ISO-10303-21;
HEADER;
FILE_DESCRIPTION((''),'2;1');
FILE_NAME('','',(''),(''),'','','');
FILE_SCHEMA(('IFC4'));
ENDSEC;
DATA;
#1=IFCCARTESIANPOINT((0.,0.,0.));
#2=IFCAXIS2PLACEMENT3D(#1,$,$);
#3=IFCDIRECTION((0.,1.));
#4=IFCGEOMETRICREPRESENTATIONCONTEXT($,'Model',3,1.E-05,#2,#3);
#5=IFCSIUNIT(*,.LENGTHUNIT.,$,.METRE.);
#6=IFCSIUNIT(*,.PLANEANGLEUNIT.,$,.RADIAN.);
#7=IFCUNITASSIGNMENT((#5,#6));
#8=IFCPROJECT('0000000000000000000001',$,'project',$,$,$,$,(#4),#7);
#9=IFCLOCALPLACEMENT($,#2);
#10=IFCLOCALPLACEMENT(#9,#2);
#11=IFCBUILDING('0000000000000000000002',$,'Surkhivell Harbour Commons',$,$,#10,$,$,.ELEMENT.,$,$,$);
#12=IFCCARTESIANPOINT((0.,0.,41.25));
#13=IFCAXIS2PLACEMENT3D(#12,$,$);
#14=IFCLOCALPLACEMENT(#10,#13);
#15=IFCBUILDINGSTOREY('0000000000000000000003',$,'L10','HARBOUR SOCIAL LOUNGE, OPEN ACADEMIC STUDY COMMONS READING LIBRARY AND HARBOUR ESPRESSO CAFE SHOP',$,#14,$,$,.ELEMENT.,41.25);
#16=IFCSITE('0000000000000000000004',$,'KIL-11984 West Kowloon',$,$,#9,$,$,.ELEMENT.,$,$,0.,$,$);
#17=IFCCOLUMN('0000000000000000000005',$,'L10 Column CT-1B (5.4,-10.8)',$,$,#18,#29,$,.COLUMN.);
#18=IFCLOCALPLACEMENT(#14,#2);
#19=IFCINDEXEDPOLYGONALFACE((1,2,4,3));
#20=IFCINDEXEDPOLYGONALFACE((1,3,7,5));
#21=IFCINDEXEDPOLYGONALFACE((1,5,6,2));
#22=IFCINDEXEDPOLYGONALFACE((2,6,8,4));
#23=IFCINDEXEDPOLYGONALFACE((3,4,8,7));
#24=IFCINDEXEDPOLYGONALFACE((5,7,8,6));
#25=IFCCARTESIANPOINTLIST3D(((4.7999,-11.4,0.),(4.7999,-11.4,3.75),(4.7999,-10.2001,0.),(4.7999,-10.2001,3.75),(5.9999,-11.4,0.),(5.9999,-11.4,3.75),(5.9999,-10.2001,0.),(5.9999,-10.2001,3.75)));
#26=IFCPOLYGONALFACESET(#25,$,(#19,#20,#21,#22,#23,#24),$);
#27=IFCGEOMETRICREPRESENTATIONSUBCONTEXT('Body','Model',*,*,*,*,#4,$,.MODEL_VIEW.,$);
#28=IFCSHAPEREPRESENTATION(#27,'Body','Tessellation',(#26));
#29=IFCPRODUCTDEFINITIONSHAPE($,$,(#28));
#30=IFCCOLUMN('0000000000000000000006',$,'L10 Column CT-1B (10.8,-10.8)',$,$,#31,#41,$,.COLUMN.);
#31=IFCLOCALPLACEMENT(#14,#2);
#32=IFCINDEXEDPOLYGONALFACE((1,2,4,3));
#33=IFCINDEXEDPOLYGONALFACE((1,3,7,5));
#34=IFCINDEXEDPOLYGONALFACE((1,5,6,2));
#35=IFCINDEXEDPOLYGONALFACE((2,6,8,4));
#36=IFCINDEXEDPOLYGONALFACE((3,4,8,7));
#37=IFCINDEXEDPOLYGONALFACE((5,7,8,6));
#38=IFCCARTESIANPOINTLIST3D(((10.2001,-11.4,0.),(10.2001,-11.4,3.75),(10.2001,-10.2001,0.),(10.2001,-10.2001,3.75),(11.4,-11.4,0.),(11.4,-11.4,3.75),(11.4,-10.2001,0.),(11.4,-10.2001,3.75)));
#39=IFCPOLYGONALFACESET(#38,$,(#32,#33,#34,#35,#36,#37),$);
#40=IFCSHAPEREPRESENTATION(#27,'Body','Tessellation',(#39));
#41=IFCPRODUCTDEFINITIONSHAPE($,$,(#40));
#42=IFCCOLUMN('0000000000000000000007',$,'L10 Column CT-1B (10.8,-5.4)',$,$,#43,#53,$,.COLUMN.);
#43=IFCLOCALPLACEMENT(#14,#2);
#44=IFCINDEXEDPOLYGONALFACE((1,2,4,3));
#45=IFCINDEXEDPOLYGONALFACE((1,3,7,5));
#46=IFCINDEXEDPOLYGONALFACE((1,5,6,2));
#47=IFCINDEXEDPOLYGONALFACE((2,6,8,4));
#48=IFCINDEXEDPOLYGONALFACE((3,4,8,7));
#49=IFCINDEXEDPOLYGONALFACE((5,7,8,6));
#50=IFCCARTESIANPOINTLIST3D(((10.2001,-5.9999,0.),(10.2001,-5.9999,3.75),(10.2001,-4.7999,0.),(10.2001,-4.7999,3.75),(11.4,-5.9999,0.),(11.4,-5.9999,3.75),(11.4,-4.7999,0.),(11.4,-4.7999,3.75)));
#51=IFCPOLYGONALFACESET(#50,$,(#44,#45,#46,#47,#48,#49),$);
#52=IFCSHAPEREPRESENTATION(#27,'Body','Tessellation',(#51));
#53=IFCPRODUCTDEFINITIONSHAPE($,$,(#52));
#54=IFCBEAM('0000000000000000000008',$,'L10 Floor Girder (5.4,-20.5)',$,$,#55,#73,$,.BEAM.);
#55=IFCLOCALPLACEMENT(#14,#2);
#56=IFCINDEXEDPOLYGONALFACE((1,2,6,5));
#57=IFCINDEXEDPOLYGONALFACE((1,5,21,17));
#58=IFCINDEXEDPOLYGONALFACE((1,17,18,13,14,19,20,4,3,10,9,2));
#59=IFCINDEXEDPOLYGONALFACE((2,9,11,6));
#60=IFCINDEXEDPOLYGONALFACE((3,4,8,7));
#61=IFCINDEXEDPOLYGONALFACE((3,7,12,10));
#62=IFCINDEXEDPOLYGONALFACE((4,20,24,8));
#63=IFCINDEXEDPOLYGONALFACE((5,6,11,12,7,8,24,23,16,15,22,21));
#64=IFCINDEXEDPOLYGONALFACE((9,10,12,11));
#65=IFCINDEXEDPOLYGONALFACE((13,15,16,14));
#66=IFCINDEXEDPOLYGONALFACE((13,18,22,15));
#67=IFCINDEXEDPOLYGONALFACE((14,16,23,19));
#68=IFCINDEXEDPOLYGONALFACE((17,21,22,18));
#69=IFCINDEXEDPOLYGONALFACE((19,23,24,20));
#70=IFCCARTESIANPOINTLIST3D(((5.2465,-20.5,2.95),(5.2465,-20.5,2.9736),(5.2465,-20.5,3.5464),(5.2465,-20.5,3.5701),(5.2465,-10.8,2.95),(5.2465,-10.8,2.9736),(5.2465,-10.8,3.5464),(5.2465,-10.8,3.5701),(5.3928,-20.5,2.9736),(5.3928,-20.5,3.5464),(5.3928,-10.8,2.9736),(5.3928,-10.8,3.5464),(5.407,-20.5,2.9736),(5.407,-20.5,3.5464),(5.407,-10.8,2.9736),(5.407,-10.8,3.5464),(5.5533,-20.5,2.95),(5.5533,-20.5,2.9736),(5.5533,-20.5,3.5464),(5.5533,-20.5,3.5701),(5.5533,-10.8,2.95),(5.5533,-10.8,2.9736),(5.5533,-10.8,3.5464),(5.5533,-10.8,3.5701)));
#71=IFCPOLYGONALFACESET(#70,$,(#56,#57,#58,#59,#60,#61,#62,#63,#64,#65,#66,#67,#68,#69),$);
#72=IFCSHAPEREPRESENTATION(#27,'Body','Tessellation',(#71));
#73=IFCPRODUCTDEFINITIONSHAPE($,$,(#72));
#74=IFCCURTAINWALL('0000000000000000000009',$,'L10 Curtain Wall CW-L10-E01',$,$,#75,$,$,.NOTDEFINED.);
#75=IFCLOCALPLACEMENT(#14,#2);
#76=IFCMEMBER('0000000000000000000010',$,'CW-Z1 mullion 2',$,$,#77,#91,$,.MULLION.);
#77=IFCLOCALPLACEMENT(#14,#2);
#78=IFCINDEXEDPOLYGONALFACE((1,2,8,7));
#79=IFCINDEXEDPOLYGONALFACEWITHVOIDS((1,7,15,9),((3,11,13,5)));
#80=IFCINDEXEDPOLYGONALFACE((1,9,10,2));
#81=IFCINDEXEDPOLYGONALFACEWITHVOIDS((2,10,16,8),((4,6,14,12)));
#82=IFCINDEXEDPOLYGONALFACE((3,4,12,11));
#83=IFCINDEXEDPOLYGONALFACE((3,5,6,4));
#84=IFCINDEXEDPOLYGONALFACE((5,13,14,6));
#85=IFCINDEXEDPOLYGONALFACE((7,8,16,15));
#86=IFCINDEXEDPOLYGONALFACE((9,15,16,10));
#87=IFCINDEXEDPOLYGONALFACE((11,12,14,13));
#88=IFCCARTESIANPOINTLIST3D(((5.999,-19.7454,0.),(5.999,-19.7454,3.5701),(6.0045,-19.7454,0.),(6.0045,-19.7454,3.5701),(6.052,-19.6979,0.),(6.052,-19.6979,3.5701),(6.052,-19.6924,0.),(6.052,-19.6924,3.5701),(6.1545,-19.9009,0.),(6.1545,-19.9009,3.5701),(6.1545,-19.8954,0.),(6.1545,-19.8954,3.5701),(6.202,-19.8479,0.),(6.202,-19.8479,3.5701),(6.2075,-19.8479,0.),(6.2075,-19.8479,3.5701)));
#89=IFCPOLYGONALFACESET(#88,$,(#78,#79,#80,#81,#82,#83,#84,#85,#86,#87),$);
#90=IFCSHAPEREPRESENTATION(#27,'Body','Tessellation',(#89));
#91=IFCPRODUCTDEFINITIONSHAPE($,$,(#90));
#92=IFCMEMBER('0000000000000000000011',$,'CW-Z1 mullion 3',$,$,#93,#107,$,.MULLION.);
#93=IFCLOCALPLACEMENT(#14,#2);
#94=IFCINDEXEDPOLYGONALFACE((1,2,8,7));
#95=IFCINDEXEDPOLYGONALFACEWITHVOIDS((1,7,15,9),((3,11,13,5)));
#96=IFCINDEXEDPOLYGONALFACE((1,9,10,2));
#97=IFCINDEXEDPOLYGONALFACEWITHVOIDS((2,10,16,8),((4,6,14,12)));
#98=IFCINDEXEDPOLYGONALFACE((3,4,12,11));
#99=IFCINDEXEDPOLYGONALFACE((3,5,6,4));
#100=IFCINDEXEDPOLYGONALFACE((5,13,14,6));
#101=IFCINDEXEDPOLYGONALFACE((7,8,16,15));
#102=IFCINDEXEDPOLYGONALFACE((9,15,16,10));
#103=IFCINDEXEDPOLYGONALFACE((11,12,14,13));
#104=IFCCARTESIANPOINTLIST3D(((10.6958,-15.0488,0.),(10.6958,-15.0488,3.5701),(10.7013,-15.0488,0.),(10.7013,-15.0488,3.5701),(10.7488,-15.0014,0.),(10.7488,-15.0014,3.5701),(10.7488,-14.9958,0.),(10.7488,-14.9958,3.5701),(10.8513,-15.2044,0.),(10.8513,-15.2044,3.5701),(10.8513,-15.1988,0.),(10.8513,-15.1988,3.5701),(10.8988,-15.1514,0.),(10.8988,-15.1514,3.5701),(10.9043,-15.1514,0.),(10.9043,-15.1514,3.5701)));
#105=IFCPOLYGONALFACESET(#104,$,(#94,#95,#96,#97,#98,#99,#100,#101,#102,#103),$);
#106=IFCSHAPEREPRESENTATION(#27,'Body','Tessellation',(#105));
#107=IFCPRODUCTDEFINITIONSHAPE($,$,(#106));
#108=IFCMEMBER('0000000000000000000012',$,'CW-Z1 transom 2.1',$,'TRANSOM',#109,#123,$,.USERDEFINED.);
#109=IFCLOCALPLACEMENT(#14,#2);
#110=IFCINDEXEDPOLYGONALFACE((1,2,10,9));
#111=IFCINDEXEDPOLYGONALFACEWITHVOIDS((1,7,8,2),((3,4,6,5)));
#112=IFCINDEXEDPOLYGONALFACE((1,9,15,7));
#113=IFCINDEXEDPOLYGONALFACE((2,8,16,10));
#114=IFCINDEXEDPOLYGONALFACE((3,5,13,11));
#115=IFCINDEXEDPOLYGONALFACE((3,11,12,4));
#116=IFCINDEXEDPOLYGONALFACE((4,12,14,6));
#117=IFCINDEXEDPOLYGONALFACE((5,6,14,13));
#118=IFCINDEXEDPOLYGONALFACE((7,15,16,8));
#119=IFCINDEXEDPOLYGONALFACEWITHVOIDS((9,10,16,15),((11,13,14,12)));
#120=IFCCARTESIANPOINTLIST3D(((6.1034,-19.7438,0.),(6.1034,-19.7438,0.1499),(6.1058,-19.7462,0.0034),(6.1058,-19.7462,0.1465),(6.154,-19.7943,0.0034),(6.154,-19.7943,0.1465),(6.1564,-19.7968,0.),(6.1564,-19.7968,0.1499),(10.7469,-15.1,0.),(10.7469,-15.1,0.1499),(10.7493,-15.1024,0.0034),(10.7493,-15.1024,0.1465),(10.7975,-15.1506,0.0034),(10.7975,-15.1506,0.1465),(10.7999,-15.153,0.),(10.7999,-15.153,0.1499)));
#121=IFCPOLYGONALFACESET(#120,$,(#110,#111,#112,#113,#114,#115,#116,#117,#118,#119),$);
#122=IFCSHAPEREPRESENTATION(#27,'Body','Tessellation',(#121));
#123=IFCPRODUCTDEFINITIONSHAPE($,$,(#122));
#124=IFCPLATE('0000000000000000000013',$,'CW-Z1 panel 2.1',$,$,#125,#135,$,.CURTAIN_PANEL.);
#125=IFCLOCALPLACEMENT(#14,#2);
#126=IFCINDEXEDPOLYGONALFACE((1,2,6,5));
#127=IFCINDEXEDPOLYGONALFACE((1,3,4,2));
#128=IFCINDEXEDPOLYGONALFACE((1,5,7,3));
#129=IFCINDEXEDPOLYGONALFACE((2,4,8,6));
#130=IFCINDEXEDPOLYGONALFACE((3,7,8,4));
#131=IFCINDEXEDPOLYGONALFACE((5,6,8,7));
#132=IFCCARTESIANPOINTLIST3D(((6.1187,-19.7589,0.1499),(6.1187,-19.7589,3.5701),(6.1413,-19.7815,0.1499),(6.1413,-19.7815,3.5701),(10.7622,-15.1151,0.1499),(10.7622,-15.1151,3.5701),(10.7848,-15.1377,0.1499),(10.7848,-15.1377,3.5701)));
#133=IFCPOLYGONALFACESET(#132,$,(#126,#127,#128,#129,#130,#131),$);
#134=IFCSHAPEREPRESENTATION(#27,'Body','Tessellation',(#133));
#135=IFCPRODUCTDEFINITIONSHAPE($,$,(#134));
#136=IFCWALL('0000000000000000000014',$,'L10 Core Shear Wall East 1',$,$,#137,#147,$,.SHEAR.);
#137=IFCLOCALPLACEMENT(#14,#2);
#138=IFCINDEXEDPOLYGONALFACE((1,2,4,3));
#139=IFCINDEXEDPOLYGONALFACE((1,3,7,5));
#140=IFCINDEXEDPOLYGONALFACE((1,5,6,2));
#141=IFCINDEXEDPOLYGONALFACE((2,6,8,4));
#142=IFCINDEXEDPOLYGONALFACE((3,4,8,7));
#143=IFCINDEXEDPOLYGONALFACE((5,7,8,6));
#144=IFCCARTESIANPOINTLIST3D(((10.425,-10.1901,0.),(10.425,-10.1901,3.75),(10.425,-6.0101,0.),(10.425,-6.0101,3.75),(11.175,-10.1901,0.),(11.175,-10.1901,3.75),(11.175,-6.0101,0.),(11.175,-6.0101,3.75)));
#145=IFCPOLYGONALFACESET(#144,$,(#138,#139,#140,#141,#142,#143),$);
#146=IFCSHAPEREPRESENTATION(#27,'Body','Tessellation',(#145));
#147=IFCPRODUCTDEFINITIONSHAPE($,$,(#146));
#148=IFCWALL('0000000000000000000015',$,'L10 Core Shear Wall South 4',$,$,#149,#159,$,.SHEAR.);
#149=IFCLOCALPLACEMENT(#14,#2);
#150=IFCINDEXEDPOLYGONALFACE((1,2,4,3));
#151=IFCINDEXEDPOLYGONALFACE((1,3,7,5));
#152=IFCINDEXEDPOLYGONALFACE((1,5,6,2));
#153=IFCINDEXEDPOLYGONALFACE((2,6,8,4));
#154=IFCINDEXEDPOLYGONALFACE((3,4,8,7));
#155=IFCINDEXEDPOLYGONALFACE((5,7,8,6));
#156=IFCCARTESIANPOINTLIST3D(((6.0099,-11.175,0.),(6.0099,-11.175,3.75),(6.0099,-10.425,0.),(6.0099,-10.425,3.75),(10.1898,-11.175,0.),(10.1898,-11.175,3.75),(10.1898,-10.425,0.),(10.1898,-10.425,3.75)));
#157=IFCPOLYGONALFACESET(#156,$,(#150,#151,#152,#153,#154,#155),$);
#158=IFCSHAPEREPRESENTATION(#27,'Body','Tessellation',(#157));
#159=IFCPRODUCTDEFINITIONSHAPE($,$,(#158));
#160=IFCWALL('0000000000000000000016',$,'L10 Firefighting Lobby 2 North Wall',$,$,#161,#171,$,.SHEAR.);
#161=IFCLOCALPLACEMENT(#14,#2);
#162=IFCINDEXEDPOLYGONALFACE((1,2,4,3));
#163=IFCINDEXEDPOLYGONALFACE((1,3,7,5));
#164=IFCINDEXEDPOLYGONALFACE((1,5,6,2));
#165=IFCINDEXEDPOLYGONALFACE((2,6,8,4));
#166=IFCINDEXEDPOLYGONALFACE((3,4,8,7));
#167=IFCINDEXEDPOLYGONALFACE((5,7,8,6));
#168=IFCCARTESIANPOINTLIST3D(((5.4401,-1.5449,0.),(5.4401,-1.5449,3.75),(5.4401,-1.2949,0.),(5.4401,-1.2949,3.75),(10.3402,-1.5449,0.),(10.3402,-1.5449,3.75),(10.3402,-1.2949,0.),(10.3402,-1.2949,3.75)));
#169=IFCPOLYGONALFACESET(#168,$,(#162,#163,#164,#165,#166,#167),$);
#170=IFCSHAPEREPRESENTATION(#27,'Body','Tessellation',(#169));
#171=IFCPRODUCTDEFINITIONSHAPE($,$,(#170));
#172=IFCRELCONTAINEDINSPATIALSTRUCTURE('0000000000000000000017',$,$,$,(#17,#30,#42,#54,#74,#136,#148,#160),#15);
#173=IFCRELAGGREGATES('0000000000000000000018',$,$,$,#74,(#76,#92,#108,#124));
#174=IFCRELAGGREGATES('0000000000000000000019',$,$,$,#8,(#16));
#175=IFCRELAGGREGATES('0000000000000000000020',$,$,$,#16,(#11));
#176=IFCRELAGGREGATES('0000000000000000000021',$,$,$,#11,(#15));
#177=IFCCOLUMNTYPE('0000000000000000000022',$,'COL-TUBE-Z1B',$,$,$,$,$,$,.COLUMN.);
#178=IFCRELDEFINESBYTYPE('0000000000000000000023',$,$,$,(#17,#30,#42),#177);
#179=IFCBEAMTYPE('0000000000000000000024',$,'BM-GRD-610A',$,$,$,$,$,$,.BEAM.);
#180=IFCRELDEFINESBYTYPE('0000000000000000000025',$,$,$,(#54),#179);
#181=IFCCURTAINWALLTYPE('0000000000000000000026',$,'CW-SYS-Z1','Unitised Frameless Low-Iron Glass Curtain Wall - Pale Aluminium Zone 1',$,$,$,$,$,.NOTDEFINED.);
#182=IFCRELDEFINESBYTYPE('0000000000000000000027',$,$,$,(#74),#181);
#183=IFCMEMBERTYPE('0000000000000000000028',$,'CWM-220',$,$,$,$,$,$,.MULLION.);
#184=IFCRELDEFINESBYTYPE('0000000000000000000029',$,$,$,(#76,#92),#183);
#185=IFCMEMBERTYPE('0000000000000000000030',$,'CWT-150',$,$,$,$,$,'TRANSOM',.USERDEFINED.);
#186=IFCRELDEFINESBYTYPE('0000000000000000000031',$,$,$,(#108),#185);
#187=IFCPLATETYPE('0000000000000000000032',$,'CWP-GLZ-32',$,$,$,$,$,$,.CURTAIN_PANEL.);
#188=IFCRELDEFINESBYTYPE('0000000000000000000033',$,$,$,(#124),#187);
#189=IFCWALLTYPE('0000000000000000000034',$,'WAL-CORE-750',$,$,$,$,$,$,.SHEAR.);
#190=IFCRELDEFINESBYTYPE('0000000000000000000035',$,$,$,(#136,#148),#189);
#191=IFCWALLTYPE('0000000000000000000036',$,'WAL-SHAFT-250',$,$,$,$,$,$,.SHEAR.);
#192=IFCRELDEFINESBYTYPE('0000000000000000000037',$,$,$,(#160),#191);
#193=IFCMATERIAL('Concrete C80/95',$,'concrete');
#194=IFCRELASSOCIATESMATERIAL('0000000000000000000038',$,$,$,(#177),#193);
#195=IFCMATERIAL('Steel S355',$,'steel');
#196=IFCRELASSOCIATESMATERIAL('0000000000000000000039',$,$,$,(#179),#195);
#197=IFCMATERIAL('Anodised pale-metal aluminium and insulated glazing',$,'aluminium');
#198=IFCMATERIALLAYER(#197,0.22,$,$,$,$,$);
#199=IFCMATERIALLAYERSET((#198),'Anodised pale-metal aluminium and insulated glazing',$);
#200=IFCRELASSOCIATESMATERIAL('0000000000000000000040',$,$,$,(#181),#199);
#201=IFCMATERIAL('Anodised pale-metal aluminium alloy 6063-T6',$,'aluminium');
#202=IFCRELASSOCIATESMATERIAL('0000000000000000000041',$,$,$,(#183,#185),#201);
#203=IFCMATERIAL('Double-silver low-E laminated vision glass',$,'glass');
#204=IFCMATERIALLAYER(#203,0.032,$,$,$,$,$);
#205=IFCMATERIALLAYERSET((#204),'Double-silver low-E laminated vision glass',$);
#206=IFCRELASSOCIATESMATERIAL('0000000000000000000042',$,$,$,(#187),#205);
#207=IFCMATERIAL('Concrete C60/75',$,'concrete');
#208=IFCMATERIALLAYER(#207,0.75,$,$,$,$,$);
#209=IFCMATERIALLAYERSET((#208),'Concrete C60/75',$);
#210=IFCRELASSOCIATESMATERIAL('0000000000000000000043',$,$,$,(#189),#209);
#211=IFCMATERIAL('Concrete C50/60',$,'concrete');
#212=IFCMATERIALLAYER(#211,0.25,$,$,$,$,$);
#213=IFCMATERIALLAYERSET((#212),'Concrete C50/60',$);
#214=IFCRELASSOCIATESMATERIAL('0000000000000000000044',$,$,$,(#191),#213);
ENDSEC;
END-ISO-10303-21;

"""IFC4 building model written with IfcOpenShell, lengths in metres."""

from ifc_helpers import new_model, si_unit, direction, frame, frame_2d, origin, origin_2d, place, context, subcontext, project, spatial, rectangle, hollow_rectangle, i_section, extrude, material, layer, layer_set, material_profile, profile_set, type_object, element, aggregate, save


model = new_model("IFC4")

# Units and contexts
model_context = context("Model", 3, precision=1e-05, world=origin(), true_north=direction((0.0, 1.0)))
body_context = subcontext(model_context, "Body", "Model", "MODEL_VIEW")
ifc_project = project(units=[si_unit("LENGTHUNIT", "METRE"), si_unit("PLANEANGLEUNIT", "RADIAN")], contexts=[model_context])

# Site, building, storey
site_placement = place(None, origin())
site = spatial("IfcSite", under=ifc_project, at=site_placement, Name="KIL-11984 West Kowloon", CompositionType="ELEMENT", RefElevation=0.0)
building_placement = place(site_placement, origin())
building = spatial("IfcBuilding", under=site, at=building_placement, Name="Surkhivell Harbour Commons", CompositionType="ELEMENT")
storey_placement = place(building_placement, frame((0.0, 0.0, 41.25)))
storey = spatial("IfcBuildingStorey", under=building, at=storey_placement, Name="L10", Description="HARBOUR SOCIAL LOUNGE, OPEN ACADEMIC STUDY COMMONS READING LIBRARY AND HARBOUR ESPRESSO CAFE SHOP", CompositionType="ELEMENT", Elevation=41.25)

# Columns
ifc_material_1 = material(Name="Concrete C80/95", Category="concrete")
ifc_material_profile_1 = material_profile(ifc_material_1, rectangle(XDim=1.2, YDim=1.2, at=origin_2d()), Name="RC-COL-1200x1200")
ifc_profile_set_1 = profile_set([ifc_material_profile_1], Name="Concrete C80/95")
column_type = type_object("IfcColumnType", Name="COL-TUBE-Z1B", PredefinedType="COLUMN", material=ifc_profile_set_1)
for number, where, z_axis, x_axis, name in (
    (1, (5.3999, -10.8, 0.0), (0.0, 0.0, 1.0), (1.0, 0.0, 0.0), "L10 Column CT-1B (5.4,-10.8)"),
    (2, (10.8, -10.8, 0.0), (0.0, 0.0, 1.0), (1.0, 0.0, 0.0), "L10 Column CT-1B (10.8,-10.8)"),
    (3, (10.8, -5.3999, 0.0), (0.0, 0.0, 1.0), (1.0, 0.0, 0.0), "L10 Column CT-1B (10.8,-5.4)"),
):
    element("IfcColumn", number, at=place(storey_placement, frame(where, z_axis=z_axis, x_axis=x_axis)), inside=storey, type_object=column_type, Name=name, PredefinedType="COLUMN", context=body_context, shape_type="SweptSolid", body=[
        extrude(rectangle(XDim=1.2, YDim=1.2, at=origin_2d()), origin(), (0.0, 0.0, 1.0), 3.75),
    ])

# Beam
ifc_material_2 = material(Name="Steel S355", Category="steel")
ifc_material_profile_2 = material_profile(ifc_material_2, i_section(OverallWidth=0.3069, OverallDepth=0.6201, WebThickness=0.0142, FlangeThickness=0.0237, at=origin_2d()), Name="UB610x305x179")
ifc_profile_set_2 = profile_set([ifc_material_profile_2], Name="Steel S355")
beam_type = type_object("IfcBeamType", Name="BM-GRD-610A", PredefinedType="BEAM", material=ifc_profile_set_2)
beam_placement = place(storey_placement, frame((5.3999, -20.5, 3.26), z_axis=(0.0, 1.0, 0.0), x_axis=(-1.0, 0.0, 0.0)))
element("IfcBeam", 4, at=beam_placement, inside=storey, type_object=beam_type, Name="L10 Floor Girder (5.4,-20.5)", PredefinedType="BEAM", context=body_context, shape_type="SweptSolid", body=[
    extrude(i_section(OverallWidth=0.3069, OverallDepth=0.6201, WebThickness=0.0142, FlangeThickness=0.0237, at=origin_2d()), origin(), (0.0, 0.0, 1.0), 9.7),
])

# Curtain wall, members, plate
ifc_material_3 = material(Name="Anodised pale-metal aluminium and insulated glazing", Category="aluminium")
ifc_layer_1 = layer(ifc_material_3, 0.22)
ifc_layer_set_1 = layer_set([ifc_layer_1], Name="Anodised pale-metal aluminium and insulated glazing")
curtain_wall_type = type_object("IfcCurtainWallType", Name="CW-SYS-Z1", Description="Unitised Frameless Low-Iron Glass Curtain Wall - Pale Aluminium Zone 1", PredefinedType="NOTDEFINED", material=ifc_layer_set_1)
curtain_wall_placement = place(storey_placement, origin())
curtain_wall = element("IfcCurtainWall", 5, at=curtain_wall_placement, inside=storey, type_object=curtain_wall_type, Name="L10 Curtain Wall CW-L10-E01", PredefinedType="NOTDEFINED")
ifc_material_4 = material(Name="Anodised pale-metal aluminium alloy 6063-T6", Category="aluminium")
ifc_material_profile_3 = material_profile(ifc_material_4, hollow_rectangle(XDim=0.075, YDim=0.22, WallThickness=0.0039, at=origin_2d()), Name="ALU-MULL-75x220")
ifc_profile_set_3 = profile_set([ifc_material_profile_3], Name="Anodised pale-metal aluminium alloy 6063-T6")
member_type_1 = type_object("IfcMemberType", Name="CWM-220", PredefinedType="MULLION", material=ifc_profile_set_3)
member_1_placement = place(storey_placement, frame((6.1033, -19.7966, 0.0), z_axis=(0.0, 0.0, 1.0), x_axis=(0.707107, 0.707107, 0.0)))
member_1 = element("IfcMember", 6, at=member_1_placement, type_object=member_type_1, Name="CW-Z1 mullion 2", PredefinedType="MULLION", context=body_context, shape_type="SweptSolid", body=[
    extrude(hollow_rectangle(XDim=0.075, YDim=0.22, WallThickness=0.0039, at=origin_2d()), origin(), (0.0, 0.0, 1.0), 3.5701),
])
member_2_placement = place(storey_placement, frame((10.8, -15.1001, 0.0), z_axis=(0.0, 0.0, 1.0), x_axis=(0.707107, 0.707107, 0.0)))
member_2 = element("IfcMember", 7, at=member_2_placement, type_object=member_type_1, Name="CW-Z1 mullion 3", PredefinedType="MULLION", context=body_context, shape_type="SweptSolid", body=[
    extrude(hollow_rectangle(XDim=0.075, YDim=0.22, WallThickness=0.0039, at=origin_2d()), origin(), (0.0, 0.0, 1.0), 3.5701),
])
ifc_material_profile_4 = material_profile(ifc_material_4, hollow_rectangle(XDim=0.075, YDim=0.1499, WallThickness=0.0034, at=origin_2d()), Name="ALU-TRAN-75x150")
ifc_profile_set_4 = profile_set([ifc_material_profile_4], Name="Anodised pale-metal aluminium alloy 6063-T6")
member_type_2 = type_object("IfcMemberType", Name="CWT-150", ElementType="TRANSOM", PredefinedType="USERDEFINED", material=ifc_profile_set_4)
member_3_placement = place(storey_placement, frame((6.1299, -19.7703, 0.075), z_axis=(0.707088, 0.707125, 0.0), x_axis=(-0.707125, 0.707088, 0.0)))
member_3 = element("IfcMember", 8, at=member_3_placement, type_object=member_type_2, Name="CW-Z1 transom 2.1", ObjectType="TRANSOM", PredefinedType="USERDEFINED", context=body_context, shape_type="SweptSolid", body=[
    extrude(hollow_rectangle(XDim=0.075, YDim=0.1499, WallThickness=0.0034, at=origin_2d()), origin(), (0.0, 0.0, 1.0), 6.5671),
])
ifc_material_5 = material(Name="Double-silver low-E laminated vision glass", Category="glass")
ifc_layer_2 = layer(ifc_material_5, 0.032)
ifc_layer_set_2 = layer_set([ifc_layer_2], Name="Double-silver low-E laminated vision glass")
plate_type = type_object("IfcPlateType", Name="CWP-GLZ-32", PredefinedType="CURTAIN_PANEL", material=ifc_layer_set_2)
plate_placement = place(storey_placement, frame((6.1299, -19.7703, 0.1499), z_axis=(0.0, 0.0, 1.0), x_axis=(0.707088, 0.707125, 0.0)))
plate = element("IfcPlate", 9, at=plate_placement, type_object=plate_type, Name="CW-Z1 panel 2.1", PredefinedType="CURTAIN_PANEL", context=body_context, shape_type="SweptSolid", body=[
    extrude(rectangle(XDim=6.5671, YDim=0.032, at=frame_2d((3.2837, 0.0))), origin(), (0.0, 0.0, 1.0), 3.4202),
])
aggregate(curtain_wall, [member_1, member_2, member_3, plate])

# Walls
ifc_material_6 = material(Name="Concrete C60/75", Category="concrete")
ifc_layer_3 = layer(ifc_material_6, 0.75)
ifc_layer_set_3 = layer_set([ifc_layer_3], Name="Concrete C60/75")
wall_type_1 = type_object("IfcWallType", Name="WAL-CORE-750", PredefinedType="SHEAR", material=ifc_layer_set_3)
for number, where, z_axis, x_axis, name in (
    (10, (10.8, -10.1899, 0.0), (0.0, 0.0, 1.0), (0.0, 1.0, 0.0), "L10 Core Shear Wall East 1"),
    (11, (6.01, -10.8, 0.0), (0.0, 0.0, 1.0), (1.0, 0.0, 0.0), "L10 Core Shear Wall South 4"),
):
    element("IfcWall", number, at=place(storey_placement, frame(where, z_axis=z_axis, x_axis=x_axis)), inside=storey, type_object=wall_type_1, Name=name, PredefinedType="SHEAR", context=body_context, shape_type="SweptSolid", body=[
        extrude(rectangle(XDim=4.1799, YDim=0.75, at=frame_2d((2.0898, 0.0))), origin(), (0.0, 0.0, 1.0), 3.75),
    ])
ifc_material_7 = material(Name="Concrete C50/60", Category="concrete")
ifc_layer_4 = layer(ifc_material_7, 0.25)
ifc_layer_set_4 = layer_set([ifc_layer_4], Name="Concrete C50/60")
wall_type_2 = type_object("IfcWallType", Name="WAL-SHAFT-250", PredefinedType="SHEAR", material=ifc_layer_set_4)
wall_1_placement = place(storey_placement, frame((5.4399, -1.4199, 0.0), z_axis=(0.0, 0.0, 1.0), x_axis=(1.0, 0.0, 0.0)))
element("IfcWall", 12, at=wall_1_placement, inside=storey, type_object=wall_type_2, Name="L10 Firefighting Lobby 2 North Wall", PredefinedType="SHEAR", context=body_context, shape_type="SweptSolid", body=[
    extrude(rectangle(XDim=4.9001, YDim=0.25, at=frame_2d((2.4502, 0.0))), origin(), (0.0, 0.0, 1.0), 3.75),
])

save(model, "model.ifc")
